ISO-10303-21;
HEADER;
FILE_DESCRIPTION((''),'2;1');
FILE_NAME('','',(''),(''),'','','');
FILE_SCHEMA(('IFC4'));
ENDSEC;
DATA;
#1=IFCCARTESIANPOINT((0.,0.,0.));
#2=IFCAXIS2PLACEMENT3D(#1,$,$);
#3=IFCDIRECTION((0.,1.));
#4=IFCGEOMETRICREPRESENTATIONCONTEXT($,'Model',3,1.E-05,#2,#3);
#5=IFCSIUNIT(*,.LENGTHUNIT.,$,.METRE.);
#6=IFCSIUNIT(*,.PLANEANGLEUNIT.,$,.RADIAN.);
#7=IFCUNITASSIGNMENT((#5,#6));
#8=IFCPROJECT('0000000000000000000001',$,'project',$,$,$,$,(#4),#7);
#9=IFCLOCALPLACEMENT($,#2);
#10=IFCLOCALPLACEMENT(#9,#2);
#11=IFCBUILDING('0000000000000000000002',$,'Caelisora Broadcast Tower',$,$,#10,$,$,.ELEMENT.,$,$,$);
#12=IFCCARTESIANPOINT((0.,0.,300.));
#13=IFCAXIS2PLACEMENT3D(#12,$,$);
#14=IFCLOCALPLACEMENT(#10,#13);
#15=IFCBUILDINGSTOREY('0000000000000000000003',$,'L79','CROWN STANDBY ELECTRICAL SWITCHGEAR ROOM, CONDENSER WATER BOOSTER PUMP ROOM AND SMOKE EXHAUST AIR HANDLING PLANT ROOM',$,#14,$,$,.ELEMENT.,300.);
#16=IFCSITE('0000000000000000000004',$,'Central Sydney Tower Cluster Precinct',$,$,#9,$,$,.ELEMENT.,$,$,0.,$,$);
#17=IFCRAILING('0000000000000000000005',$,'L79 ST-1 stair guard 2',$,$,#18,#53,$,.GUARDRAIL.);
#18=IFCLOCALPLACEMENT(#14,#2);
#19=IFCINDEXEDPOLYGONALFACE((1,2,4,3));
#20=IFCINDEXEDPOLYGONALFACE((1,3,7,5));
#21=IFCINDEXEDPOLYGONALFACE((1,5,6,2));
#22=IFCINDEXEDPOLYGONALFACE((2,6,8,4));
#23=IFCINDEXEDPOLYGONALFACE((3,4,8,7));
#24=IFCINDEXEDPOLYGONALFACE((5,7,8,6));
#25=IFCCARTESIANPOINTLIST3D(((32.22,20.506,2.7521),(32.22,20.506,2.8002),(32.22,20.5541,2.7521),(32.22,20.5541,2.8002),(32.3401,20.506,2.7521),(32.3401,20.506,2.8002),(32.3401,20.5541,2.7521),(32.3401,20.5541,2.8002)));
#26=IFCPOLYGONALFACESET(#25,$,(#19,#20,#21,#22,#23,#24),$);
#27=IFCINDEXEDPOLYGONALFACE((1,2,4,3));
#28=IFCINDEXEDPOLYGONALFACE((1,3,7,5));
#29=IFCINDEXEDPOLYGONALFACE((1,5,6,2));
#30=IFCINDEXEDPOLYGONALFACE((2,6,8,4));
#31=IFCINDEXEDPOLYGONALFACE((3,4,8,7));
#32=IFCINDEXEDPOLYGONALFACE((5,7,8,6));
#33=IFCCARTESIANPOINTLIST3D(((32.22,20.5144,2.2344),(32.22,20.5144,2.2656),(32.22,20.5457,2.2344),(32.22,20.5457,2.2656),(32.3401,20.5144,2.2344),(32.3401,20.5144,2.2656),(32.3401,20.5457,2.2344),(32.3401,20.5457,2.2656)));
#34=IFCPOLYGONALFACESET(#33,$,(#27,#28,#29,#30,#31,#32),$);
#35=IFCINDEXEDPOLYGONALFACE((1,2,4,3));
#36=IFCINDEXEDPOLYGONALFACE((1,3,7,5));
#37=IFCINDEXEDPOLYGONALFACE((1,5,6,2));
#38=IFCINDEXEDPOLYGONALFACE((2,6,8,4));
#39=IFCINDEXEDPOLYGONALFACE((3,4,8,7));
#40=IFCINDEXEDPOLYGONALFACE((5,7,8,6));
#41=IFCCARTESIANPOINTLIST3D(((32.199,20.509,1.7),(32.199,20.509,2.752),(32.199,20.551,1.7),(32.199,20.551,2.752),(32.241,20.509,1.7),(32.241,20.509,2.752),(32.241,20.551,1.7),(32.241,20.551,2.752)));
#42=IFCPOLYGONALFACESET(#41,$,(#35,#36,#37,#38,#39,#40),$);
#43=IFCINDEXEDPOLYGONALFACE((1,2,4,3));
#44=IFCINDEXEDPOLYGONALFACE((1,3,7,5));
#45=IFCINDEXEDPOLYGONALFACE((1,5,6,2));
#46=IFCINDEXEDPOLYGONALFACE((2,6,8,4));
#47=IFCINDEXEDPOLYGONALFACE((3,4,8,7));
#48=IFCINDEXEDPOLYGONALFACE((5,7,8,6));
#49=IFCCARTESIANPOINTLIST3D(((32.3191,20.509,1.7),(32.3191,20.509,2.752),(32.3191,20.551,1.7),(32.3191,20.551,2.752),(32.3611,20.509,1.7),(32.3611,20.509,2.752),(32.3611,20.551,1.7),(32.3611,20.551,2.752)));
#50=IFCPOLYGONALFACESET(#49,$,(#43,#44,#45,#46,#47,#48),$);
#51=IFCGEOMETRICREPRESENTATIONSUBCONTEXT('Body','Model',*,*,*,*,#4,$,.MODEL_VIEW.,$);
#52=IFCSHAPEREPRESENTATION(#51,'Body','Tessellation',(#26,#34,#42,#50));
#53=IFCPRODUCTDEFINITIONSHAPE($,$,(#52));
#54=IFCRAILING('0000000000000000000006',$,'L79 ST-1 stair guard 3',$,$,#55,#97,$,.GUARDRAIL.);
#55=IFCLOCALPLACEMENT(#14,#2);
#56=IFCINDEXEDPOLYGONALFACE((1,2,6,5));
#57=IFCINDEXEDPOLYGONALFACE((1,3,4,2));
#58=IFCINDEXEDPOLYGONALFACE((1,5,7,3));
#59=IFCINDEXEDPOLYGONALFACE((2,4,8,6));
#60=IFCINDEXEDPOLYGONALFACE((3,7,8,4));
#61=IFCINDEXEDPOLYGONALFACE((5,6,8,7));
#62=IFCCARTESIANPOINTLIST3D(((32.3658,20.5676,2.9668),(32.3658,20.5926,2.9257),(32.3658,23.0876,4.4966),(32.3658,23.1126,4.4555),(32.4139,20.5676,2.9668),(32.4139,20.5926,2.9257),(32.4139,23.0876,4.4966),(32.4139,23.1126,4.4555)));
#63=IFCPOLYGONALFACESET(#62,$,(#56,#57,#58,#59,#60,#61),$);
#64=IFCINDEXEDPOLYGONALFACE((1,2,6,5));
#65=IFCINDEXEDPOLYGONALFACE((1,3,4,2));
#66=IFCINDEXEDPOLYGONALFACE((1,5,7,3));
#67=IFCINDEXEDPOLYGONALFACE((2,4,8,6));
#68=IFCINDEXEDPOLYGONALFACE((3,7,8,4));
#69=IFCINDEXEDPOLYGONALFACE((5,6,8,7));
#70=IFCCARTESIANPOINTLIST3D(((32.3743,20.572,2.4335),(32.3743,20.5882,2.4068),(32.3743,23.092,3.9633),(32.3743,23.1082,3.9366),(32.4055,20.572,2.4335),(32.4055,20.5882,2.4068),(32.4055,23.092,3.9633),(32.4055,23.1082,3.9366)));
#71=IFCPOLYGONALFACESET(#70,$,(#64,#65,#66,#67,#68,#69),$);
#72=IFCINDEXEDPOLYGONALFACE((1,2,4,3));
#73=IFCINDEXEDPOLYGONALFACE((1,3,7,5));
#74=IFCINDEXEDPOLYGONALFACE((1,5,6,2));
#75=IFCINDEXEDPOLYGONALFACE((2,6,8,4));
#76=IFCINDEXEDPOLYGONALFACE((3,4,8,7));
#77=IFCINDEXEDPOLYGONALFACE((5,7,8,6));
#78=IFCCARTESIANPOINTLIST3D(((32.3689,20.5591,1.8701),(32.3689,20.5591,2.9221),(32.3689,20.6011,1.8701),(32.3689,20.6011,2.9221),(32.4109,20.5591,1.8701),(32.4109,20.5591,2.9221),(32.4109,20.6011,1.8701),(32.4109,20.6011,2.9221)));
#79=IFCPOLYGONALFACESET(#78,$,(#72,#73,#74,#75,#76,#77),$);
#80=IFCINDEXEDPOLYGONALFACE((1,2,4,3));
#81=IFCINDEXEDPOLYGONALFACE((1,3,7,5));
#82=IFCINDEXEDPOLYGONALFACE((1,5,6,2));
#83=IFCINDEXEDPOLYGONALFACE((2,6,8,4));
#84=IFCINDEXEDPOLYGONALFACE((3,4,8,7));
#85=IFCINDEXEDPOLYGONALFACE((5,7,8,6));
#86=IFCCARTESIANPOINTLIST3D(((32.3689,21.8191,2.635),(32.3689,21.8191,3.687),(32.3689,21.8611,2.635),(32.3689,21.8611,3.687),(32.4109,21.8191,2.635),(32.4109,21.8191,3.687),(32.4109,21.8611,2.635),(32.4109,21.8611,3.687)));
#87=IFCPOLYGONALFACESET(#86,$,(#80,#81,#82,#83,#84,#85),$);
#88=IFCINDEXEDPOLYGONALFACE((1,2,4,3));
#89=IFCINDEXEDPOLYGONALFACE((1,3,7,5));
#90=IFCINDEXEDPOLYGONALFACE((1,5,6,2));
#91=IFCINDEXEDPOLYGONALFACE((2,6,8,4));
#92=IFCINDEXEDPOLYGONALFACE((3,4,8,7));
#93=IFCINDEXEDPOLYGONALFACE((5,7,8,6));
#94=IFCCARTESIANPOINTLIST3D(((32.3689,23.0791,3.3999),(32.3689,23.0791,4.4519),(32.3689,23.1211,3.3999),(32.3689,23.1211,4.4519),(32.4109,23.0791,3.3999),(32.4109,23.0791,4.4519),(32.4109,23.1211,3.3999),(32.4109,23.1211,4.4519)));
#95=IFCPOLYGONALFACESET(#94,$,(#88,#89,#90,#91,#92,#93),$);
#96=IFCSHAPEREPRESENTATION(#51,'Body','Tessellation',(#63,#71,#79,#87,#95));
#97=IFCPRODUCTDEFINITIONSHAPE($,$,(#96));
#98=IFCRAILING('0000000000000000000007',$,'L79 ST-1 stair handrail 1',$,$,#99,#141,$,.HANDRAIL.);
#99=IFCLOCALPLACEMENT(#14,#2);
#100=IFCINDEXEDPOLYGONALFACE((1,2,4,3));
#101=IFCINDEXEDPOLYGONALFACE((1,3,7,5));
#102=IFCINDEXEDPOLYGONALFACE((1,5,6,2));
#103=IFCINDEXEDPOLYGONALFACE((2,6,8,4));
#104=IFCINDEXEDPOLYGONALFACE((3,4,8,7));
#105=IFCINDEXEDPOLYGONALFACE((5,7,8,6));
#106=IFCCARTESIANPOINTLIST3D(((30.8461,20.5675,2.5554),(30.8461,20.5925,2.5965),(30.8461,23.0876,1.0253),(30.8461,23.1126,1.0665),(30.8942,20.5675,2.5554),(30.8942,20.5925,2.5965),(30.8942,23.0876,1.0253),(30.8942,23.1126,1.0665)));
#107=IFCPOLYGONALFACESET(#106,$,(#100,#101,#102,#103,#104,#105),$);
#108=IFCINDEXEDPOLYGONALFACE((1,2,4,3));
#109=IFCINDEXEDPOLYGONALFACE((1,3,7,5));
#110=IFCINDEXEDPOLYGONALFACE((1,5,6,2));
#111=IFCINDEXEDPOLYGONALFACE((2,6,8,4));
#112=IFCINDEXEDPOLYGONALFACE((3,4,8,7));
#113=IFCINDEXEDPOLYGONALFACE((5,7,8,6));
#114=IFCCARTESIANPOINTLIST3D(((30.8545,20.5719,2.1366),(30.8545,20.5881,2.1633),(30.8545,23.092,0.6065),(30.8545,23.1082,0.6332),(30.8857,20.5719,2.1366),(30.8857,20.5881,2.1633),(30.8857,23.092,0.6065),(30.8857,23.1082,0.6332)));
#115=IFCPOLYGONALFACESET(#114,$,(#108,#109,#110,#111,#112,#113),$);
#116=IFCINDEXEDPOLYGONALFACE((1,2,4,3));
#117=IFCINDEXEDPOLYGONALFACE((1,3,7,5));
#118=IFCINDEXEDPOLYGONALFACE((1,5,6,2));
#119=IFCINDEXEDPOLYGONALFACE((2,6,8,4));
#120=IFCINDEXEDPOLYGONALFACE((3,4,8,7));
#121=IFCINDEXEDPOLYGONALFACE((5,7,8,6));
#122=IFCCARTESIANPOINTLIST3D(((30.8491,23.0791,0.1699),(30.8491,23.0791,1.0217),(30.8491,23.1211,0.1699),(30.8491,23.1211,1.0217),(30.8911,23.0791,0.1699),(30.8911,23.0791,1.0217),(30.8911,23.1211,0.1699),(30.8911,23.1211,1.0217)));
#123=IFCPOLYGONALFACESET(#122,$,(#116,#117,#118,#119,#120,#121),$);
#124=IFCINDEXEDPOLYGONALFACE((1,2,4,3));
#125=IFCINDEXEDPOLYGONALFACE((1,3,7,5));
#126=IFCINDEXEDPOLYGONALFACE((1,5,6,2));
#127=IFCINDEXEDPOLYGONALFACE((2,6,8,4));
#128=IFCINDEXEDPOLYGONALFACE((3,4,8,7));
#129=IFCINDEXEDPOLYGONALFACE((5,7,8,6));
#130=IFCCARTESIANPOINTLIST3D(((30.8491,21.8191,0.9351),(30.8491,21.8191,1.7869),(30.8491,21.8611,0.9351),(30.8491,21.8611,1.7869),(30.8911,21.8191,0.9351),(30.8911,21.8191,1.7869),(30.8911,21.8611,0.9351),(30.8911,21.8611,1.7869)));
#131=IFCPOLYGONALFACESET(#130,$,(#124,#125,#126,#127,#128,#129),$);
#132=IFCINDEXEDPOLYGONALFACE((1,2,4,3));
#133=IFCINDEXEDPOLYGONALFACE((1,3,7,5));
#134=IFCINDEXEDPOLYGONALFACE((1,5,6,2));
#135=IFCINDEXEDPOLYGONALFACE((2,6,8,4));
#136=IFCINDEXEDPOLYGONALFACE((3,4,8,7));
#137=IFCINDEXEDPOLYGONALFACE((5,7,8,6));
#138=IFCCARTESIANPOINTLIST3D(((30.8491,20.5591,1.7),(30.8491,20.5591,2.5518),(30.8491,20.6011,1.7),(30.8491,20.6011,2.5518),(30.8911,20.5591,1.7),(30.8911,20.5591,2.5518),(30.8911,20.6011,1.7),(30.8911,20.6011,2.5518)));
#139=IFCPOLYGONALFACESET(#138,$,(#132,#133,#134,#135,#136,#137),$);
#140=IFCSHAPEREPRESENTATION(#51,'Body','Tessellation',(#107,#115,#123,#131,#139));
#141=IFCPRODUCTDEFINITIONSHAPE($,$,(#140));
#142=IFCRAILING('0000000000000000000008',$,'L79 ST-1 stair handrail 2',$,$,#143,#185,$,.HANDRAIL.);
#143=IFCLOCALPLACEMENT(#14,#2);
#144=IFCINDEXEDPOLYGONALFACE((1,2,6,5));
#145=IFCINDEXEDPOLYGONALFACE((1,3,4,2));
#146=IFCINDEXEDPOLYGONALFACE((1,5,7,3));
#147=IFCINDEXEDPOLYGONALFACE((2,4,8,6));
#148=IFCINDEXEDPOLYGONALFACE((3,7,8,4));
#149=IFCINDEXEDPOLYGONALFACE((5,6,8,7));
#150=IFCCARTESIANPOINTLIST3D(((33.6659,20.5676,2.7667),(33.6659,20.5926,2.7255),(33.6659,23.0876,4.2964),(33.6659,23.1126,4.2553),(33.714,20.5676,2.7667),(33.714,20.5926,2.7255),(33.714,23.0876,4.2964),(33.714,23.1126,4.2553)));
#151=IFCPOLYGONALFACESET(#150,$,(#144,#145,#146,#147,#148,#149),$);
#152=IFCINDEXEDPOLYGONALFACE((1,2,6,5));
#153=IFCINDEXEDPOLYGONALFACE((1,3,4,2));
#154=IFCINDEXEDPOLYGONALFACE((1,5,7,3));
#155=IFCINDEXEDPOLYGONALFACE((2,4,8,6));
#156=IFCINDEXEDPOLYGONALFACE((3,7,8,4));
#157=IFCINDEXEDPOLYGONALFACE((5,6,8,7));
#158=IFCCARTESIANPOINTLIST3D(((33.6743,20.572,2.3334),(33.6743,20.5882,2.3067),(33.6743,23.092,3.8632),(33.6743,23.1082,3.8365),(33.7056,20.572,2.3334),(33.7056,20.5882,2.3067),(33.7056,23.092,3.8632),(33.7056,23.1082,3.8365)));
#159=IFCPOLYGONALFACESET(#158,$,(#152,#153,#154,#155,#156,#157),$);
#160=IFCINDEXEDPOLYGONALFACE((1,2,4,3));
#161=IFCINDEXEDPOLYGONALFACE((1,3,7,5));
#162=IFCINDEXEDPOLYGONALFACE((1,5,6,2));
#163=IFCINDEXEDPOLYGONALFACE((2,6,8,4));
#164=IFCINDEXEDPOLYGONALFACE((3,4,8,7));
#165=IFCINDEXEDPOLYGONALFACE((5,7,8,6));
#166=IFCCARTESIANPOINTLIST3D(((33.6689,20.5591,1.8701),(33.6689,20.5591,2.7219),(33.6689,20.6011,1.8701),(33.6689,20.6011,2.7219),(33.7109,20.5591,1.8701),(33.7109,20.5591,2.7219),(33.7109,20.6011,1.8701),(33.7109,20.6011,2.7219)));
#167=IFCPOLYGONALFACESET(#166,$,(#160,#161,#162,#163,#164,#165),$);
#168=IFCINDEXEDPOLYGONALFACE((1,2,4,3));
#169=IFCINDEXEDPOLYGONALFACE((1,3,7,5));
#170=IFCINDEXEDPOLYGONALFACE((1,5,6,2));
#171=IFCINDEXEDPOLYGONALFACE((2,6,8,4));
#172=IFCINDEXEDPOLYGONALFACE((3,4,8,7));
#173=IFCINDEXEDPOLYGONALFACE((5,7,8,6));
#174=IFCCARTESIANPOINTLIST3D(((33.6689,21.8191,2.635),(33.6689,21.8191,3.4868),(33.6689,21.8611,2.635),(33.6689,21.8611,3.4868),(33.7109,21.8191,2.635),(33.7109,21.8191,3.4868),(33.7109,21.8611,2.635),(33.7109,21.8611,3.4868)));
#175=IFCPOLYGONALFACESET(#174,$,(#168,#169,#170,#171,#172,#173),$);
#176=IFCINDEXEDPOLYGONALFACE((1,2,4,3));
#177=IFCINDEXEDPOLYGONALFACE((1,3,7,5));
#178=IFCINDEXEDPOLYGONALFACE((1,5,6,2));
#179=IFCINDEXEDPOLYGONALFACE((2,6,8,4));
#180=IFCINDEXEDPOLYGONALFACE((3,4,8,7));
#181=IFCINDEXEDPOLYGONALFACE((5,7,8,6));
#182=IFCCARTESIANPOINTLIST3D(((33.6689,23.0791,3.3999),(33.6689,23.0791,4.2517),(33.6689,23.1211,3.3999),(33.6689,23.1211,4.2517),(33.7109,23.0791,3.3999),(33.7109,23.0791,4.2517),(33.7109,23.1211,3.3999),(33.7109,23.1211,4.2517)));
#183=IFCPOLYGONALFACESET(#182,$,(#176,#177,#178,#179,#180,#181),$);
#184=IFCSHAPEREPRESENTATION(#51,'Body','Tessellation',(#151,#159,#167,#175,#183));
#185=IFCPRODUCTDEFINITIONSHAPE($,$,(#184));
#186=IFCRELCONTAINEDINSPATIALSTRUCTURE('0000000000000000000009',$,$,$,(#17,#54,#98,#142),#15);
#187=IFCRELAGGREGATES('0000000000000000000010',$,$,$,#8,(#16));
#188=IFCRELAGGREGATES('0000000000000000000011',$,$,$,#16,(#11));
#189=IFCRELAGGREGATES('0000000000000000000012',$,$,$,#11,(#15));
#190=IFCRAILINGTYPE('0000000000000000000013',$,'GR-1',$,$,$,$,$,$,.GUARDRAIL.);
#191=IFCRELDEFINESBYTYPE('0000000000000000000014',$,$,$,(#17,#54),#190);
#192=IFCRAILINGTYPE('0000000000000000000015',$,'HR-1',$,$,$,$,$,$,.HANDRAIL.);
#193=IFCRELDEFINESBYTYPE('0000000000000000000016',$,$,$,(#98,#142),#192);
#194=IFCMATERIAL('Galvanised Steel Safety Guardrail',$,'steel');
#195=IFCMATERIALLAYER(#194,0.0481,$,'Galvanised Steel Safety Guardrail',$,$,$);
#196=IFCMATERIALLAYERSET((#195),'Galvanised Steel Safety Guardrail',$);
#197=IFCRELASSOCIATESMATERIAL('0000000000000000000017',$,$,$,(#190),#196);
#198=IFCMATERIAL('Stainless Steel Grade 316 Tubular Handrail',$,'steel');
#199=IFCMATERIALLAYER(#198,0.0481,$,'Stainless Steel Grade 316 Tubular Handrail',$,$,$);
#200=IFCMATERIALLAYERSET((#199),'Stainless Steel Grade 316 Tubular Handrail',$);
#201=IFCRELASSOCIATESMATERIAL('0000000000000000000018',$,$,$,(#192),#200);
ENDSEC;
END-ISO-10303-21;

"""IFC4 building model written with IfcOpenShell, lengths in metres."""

from ifc_helpers import new_model, si_unit, direction, frame, origin, origin_2d, place, context, subcontext, project, spatial, rectangle, extrude, material, layer, layer_set, type_object, element, save


model = new_model("IFC4")

# Units and contexts
model_context = context("Model", 3, precision=1e-05, world=origin(), true_north=direction((0.0, 1.0)))
body_context = subcontext(model_context, "Body", "Model", "MODEL_VIEW")
ifc_project = project(units=[si_unit("LENGTHUNIT", "METRE"), si_unit("PLANEANGLEUNIT", "RADIAN")], contexts=[model_context])

# Site, building, storey
site_placement = place(None, origin())
site = spatial("IfcSite", under=ifc_project, at=site_placement, Name="Central Sydney Tower Cluster Precinct", CompositionType="ELEMENT", RefElevation=0.0)
building_placement = place(site_placement, origin())
building = spatial("IfcBuilding", under=site, at=building_placement, Name="Caelisora Broadcast Tower", CompositionType="ELEMENT")
storey_placement = place(building_placement, frame((0.0, 0.0, 300.0)))
storey = spatial("IfcBuildingStorey", under=building, at=storey_placement, Name="L79", Description="CROWN STANDBY ELECTRICAL SWITCHGEAR ROOM, CONDENSER WATER BOOSTER PUMP ROOM AND SMOKE EXHAUST AIR HANDLING PLANT ROOM", CompositionType="ELEMENT", Elevation=300.0)

# Railings
ifc_material_1 = material(Name="Galvanised Steel Safety Guardrail", Category="steel")
ifc_layer_1 = layer(ifc_material_1, 0.0481, Name="Galvanised Steel Safety Guardrail")
ifc_layer_set_1 = layer_set([ifc_layer_1], Name="Galvanised Steel Safety Guardrail")
railing_type_1 = type_object("IfcRailingType", Name="GR-1", PredefinedType="GUARDRAIL", material=ifc_layer_set_1)
railing_1_placement = place(storey_placement, frame((32.22, 20.53, 1.7)))
element("IfcRailing", 1, at=railing_1_placement, inside=storey, type_object=railing_type_1, Name="L79 ST-1 stair guard 2", PredefinedType="GUARDRAIL", context=body_context, shape_type="SweptSolid", body=[
    extrude(rectangle(XDim=0.0481, YDim=0.0481, at=origin_2d()), frame((0.0, 0.0, 1.0762), z_axis=(1.0, 0.0, 0.0), x_axis=(0.0, 1.0, 0.0)), (0.0, 0.0, 1.0), 0.1201),
    extrude(rectangle(XDim=0.0312, YDim=0.0312, at=origin_2d()), frame((0.0, 0.0, 0.55), z_axis=(1.0, 0.0, 0.0), x_axis=(0.0, 1.0, 0.0)), (0.0, 0.0, 1.0), 0.1201),
    extrude(rectangle(XDim=0.042, YDim=0.042, at=origin_2d()), origin(), (0.0, 0.0, 1.0), 1.052),
    extrude(rectangle(XDim=0.042, YDim=0.042, at=origin_2d()), frame((0.1201, 0.0, 0.0)), (0.0, 0.0, 1.0), 1.052),
])
railing_2_placement = place(storey_placement, frame((32.3899, 20.5801, 1.8701)))
element("IfcRailing", 2, at=railing_2_placement, inside=storey, type_object=railing_type_1, Name="L79 ST-1 stair guard 3", PredefinedType="GUARDRAIL", context=body_context, shape_type="SweptSolid", body=[
    extrude(rectangle(XDim=0.0481, YDim=0.0481, at=origin_2d()), frame((0.0, 0.0, 1.0762), z_axis=(0.0, 0.854822, 0.518922), x_axis=(-1.0, 0.0, 0.0)), (0.0, 0.0, 1.0), 2.948),
    extrude(rectangle(XDim=0.0312, YDim=0.0312, at=origin_2d()), frame((0.0, 0.0, 0.55), z_axis=(0.0, 0.854822, 0.518922), x_axis=(-1.0, 0.0, 0.0)), (0.0, 0.0, 1.0), 2.948),
    extrude(rectangle(XDim=0.042, YDim=0.042, at=origin_2d()), origin(), (0.0, 0.0, 1.0), 1.052),
    extrude(rectangle(XDim=0.042, YDim=0.042, at=origin_2d()), frame((0.0, 1.26, 0.7649)), (0.0, 0.0, 1.0), 1.052),
    extrude(rectangle(XDim=0.042, YDim=0.042, at=origin_2d()), frame((0.0, 2.52, 1.5298)), (0.0, 0.0, 1.0), 1.052),
])
ifc_material_2 = material(Name="Stainless Steel Grade 316 Tubular Handrail", Category="steel")
ifc_layer_2 = layer(ifc_material_2, 0.0481, Name="Stainless Steel Grade 316 Tubular Handrail")
ifc_layer_set_2 = layer_set([ifc_layer_2], Name="Stainless Steel Grade 316 Tubular Handrail")
railing_type_2 = type_object("IfcRailingType", Name="HR-1", PredefinedType="HANDRAIL", material=ifc_layer_set_2)
railing_3_placement = place(storey_placement, frame((30.8701, 23.1001, 0.1699)))
element("IfcRailing", 3, at=railing_3_placement, inside=storey, type_object=railing_type_2, Name="L79 ST-1 stair handrail 1", PredefinedType="HANDRAIL", context=body_context, shape_type="SweptSolid", body=[
    extrude(rectangle(XDim=0.0481, YDim=0.0481, at=origin_2d()), frame((0.0, 0.0, 0.876), z_axis=(0.0, -0.854785, 0.518982), x_axis=(1.0, 0.0, 0.0)), (0.0, 0.0, 1.0), 2.9482),
    extrude(rectangle(XDim=0.0312, YDim=0.0312, at=origin_2d()), frame((0.0, 0.0, 0.45), z_axis=(0.0, -0.854785, 0.518982), x_axis=(1.0, 0.0, 0.0)), (0.0, 0.0, 1.0), 2.9482),
    extrude(rectangle(XDim=0.042, YDim=0.042, at=origin_2d()), origin(), (0.0, 0.0, 1.0), 0.8518),
    extrude(rectangle(XDim=0.042, YDim=0.042, at=origin_2d()), frame((0.0, -1.26, 0.7651)), (0.0, 0.0, 1.0), 0.8518),
    extrude(rectangle(XDim=0.042, YDim=0.042, at=origin_2d()), frame((0.0, -2.52, 1.53)), (0.0, 0.0, 1.0), 0.8518),
])
railing_4_placement = place(storey_placement, frame((33.6899, 20.5801, 1.8701)))
element("IfcRailing", 4, at=railing_4_placement, inside=storey, type_object=railing_type_2, Name="L79 ST-1 stair handrail 2", PredefinedType="HANDRAIL", context=body_context, shape_type="SweptSolid", body=[
    extrude(rectangle(XDim=0.0481, YDim=0.0481, at=origin_2d()), frame((0.0, 0.0, 0.876), z_axis=(0.0, 0.854822, 0.518922), x_axis=(-1.0, 0.0, 0.0)), (0.0, 0.0, 1.0), 2.948),
    extrude(rectangle(XDim=0.0312, YDim=0.0312, at=origin_2d()), frame((0.0, 0.0, 0.45), z_axis=(0.0, 0.854822, 0.518922), x_axis=(-1.0, 0.0, 0.0)), (0.0, 0.0, 1.0), 2.948),
    extrude(rectangle(XDim=0.042, YDim=0.042, at=origin_2d()), origin(), (0.0, 0.0, 1.0), 0.8518),
    extrude(rectangle(XDim=0.042, YDim=0.042, at=origin_2d()), frame((0.0, 1.26, 0.7649)), (0.0, 0.0, 1.0), 0.8518),
    extrude(rectangle(XDim=0.042, YDim=0.042, at=origin_2d()), frame((0.0, 2.52, 1.5298)), (0.0, 0.0, 1.0), 0.8518),
])

save(model, "model.ifc")
